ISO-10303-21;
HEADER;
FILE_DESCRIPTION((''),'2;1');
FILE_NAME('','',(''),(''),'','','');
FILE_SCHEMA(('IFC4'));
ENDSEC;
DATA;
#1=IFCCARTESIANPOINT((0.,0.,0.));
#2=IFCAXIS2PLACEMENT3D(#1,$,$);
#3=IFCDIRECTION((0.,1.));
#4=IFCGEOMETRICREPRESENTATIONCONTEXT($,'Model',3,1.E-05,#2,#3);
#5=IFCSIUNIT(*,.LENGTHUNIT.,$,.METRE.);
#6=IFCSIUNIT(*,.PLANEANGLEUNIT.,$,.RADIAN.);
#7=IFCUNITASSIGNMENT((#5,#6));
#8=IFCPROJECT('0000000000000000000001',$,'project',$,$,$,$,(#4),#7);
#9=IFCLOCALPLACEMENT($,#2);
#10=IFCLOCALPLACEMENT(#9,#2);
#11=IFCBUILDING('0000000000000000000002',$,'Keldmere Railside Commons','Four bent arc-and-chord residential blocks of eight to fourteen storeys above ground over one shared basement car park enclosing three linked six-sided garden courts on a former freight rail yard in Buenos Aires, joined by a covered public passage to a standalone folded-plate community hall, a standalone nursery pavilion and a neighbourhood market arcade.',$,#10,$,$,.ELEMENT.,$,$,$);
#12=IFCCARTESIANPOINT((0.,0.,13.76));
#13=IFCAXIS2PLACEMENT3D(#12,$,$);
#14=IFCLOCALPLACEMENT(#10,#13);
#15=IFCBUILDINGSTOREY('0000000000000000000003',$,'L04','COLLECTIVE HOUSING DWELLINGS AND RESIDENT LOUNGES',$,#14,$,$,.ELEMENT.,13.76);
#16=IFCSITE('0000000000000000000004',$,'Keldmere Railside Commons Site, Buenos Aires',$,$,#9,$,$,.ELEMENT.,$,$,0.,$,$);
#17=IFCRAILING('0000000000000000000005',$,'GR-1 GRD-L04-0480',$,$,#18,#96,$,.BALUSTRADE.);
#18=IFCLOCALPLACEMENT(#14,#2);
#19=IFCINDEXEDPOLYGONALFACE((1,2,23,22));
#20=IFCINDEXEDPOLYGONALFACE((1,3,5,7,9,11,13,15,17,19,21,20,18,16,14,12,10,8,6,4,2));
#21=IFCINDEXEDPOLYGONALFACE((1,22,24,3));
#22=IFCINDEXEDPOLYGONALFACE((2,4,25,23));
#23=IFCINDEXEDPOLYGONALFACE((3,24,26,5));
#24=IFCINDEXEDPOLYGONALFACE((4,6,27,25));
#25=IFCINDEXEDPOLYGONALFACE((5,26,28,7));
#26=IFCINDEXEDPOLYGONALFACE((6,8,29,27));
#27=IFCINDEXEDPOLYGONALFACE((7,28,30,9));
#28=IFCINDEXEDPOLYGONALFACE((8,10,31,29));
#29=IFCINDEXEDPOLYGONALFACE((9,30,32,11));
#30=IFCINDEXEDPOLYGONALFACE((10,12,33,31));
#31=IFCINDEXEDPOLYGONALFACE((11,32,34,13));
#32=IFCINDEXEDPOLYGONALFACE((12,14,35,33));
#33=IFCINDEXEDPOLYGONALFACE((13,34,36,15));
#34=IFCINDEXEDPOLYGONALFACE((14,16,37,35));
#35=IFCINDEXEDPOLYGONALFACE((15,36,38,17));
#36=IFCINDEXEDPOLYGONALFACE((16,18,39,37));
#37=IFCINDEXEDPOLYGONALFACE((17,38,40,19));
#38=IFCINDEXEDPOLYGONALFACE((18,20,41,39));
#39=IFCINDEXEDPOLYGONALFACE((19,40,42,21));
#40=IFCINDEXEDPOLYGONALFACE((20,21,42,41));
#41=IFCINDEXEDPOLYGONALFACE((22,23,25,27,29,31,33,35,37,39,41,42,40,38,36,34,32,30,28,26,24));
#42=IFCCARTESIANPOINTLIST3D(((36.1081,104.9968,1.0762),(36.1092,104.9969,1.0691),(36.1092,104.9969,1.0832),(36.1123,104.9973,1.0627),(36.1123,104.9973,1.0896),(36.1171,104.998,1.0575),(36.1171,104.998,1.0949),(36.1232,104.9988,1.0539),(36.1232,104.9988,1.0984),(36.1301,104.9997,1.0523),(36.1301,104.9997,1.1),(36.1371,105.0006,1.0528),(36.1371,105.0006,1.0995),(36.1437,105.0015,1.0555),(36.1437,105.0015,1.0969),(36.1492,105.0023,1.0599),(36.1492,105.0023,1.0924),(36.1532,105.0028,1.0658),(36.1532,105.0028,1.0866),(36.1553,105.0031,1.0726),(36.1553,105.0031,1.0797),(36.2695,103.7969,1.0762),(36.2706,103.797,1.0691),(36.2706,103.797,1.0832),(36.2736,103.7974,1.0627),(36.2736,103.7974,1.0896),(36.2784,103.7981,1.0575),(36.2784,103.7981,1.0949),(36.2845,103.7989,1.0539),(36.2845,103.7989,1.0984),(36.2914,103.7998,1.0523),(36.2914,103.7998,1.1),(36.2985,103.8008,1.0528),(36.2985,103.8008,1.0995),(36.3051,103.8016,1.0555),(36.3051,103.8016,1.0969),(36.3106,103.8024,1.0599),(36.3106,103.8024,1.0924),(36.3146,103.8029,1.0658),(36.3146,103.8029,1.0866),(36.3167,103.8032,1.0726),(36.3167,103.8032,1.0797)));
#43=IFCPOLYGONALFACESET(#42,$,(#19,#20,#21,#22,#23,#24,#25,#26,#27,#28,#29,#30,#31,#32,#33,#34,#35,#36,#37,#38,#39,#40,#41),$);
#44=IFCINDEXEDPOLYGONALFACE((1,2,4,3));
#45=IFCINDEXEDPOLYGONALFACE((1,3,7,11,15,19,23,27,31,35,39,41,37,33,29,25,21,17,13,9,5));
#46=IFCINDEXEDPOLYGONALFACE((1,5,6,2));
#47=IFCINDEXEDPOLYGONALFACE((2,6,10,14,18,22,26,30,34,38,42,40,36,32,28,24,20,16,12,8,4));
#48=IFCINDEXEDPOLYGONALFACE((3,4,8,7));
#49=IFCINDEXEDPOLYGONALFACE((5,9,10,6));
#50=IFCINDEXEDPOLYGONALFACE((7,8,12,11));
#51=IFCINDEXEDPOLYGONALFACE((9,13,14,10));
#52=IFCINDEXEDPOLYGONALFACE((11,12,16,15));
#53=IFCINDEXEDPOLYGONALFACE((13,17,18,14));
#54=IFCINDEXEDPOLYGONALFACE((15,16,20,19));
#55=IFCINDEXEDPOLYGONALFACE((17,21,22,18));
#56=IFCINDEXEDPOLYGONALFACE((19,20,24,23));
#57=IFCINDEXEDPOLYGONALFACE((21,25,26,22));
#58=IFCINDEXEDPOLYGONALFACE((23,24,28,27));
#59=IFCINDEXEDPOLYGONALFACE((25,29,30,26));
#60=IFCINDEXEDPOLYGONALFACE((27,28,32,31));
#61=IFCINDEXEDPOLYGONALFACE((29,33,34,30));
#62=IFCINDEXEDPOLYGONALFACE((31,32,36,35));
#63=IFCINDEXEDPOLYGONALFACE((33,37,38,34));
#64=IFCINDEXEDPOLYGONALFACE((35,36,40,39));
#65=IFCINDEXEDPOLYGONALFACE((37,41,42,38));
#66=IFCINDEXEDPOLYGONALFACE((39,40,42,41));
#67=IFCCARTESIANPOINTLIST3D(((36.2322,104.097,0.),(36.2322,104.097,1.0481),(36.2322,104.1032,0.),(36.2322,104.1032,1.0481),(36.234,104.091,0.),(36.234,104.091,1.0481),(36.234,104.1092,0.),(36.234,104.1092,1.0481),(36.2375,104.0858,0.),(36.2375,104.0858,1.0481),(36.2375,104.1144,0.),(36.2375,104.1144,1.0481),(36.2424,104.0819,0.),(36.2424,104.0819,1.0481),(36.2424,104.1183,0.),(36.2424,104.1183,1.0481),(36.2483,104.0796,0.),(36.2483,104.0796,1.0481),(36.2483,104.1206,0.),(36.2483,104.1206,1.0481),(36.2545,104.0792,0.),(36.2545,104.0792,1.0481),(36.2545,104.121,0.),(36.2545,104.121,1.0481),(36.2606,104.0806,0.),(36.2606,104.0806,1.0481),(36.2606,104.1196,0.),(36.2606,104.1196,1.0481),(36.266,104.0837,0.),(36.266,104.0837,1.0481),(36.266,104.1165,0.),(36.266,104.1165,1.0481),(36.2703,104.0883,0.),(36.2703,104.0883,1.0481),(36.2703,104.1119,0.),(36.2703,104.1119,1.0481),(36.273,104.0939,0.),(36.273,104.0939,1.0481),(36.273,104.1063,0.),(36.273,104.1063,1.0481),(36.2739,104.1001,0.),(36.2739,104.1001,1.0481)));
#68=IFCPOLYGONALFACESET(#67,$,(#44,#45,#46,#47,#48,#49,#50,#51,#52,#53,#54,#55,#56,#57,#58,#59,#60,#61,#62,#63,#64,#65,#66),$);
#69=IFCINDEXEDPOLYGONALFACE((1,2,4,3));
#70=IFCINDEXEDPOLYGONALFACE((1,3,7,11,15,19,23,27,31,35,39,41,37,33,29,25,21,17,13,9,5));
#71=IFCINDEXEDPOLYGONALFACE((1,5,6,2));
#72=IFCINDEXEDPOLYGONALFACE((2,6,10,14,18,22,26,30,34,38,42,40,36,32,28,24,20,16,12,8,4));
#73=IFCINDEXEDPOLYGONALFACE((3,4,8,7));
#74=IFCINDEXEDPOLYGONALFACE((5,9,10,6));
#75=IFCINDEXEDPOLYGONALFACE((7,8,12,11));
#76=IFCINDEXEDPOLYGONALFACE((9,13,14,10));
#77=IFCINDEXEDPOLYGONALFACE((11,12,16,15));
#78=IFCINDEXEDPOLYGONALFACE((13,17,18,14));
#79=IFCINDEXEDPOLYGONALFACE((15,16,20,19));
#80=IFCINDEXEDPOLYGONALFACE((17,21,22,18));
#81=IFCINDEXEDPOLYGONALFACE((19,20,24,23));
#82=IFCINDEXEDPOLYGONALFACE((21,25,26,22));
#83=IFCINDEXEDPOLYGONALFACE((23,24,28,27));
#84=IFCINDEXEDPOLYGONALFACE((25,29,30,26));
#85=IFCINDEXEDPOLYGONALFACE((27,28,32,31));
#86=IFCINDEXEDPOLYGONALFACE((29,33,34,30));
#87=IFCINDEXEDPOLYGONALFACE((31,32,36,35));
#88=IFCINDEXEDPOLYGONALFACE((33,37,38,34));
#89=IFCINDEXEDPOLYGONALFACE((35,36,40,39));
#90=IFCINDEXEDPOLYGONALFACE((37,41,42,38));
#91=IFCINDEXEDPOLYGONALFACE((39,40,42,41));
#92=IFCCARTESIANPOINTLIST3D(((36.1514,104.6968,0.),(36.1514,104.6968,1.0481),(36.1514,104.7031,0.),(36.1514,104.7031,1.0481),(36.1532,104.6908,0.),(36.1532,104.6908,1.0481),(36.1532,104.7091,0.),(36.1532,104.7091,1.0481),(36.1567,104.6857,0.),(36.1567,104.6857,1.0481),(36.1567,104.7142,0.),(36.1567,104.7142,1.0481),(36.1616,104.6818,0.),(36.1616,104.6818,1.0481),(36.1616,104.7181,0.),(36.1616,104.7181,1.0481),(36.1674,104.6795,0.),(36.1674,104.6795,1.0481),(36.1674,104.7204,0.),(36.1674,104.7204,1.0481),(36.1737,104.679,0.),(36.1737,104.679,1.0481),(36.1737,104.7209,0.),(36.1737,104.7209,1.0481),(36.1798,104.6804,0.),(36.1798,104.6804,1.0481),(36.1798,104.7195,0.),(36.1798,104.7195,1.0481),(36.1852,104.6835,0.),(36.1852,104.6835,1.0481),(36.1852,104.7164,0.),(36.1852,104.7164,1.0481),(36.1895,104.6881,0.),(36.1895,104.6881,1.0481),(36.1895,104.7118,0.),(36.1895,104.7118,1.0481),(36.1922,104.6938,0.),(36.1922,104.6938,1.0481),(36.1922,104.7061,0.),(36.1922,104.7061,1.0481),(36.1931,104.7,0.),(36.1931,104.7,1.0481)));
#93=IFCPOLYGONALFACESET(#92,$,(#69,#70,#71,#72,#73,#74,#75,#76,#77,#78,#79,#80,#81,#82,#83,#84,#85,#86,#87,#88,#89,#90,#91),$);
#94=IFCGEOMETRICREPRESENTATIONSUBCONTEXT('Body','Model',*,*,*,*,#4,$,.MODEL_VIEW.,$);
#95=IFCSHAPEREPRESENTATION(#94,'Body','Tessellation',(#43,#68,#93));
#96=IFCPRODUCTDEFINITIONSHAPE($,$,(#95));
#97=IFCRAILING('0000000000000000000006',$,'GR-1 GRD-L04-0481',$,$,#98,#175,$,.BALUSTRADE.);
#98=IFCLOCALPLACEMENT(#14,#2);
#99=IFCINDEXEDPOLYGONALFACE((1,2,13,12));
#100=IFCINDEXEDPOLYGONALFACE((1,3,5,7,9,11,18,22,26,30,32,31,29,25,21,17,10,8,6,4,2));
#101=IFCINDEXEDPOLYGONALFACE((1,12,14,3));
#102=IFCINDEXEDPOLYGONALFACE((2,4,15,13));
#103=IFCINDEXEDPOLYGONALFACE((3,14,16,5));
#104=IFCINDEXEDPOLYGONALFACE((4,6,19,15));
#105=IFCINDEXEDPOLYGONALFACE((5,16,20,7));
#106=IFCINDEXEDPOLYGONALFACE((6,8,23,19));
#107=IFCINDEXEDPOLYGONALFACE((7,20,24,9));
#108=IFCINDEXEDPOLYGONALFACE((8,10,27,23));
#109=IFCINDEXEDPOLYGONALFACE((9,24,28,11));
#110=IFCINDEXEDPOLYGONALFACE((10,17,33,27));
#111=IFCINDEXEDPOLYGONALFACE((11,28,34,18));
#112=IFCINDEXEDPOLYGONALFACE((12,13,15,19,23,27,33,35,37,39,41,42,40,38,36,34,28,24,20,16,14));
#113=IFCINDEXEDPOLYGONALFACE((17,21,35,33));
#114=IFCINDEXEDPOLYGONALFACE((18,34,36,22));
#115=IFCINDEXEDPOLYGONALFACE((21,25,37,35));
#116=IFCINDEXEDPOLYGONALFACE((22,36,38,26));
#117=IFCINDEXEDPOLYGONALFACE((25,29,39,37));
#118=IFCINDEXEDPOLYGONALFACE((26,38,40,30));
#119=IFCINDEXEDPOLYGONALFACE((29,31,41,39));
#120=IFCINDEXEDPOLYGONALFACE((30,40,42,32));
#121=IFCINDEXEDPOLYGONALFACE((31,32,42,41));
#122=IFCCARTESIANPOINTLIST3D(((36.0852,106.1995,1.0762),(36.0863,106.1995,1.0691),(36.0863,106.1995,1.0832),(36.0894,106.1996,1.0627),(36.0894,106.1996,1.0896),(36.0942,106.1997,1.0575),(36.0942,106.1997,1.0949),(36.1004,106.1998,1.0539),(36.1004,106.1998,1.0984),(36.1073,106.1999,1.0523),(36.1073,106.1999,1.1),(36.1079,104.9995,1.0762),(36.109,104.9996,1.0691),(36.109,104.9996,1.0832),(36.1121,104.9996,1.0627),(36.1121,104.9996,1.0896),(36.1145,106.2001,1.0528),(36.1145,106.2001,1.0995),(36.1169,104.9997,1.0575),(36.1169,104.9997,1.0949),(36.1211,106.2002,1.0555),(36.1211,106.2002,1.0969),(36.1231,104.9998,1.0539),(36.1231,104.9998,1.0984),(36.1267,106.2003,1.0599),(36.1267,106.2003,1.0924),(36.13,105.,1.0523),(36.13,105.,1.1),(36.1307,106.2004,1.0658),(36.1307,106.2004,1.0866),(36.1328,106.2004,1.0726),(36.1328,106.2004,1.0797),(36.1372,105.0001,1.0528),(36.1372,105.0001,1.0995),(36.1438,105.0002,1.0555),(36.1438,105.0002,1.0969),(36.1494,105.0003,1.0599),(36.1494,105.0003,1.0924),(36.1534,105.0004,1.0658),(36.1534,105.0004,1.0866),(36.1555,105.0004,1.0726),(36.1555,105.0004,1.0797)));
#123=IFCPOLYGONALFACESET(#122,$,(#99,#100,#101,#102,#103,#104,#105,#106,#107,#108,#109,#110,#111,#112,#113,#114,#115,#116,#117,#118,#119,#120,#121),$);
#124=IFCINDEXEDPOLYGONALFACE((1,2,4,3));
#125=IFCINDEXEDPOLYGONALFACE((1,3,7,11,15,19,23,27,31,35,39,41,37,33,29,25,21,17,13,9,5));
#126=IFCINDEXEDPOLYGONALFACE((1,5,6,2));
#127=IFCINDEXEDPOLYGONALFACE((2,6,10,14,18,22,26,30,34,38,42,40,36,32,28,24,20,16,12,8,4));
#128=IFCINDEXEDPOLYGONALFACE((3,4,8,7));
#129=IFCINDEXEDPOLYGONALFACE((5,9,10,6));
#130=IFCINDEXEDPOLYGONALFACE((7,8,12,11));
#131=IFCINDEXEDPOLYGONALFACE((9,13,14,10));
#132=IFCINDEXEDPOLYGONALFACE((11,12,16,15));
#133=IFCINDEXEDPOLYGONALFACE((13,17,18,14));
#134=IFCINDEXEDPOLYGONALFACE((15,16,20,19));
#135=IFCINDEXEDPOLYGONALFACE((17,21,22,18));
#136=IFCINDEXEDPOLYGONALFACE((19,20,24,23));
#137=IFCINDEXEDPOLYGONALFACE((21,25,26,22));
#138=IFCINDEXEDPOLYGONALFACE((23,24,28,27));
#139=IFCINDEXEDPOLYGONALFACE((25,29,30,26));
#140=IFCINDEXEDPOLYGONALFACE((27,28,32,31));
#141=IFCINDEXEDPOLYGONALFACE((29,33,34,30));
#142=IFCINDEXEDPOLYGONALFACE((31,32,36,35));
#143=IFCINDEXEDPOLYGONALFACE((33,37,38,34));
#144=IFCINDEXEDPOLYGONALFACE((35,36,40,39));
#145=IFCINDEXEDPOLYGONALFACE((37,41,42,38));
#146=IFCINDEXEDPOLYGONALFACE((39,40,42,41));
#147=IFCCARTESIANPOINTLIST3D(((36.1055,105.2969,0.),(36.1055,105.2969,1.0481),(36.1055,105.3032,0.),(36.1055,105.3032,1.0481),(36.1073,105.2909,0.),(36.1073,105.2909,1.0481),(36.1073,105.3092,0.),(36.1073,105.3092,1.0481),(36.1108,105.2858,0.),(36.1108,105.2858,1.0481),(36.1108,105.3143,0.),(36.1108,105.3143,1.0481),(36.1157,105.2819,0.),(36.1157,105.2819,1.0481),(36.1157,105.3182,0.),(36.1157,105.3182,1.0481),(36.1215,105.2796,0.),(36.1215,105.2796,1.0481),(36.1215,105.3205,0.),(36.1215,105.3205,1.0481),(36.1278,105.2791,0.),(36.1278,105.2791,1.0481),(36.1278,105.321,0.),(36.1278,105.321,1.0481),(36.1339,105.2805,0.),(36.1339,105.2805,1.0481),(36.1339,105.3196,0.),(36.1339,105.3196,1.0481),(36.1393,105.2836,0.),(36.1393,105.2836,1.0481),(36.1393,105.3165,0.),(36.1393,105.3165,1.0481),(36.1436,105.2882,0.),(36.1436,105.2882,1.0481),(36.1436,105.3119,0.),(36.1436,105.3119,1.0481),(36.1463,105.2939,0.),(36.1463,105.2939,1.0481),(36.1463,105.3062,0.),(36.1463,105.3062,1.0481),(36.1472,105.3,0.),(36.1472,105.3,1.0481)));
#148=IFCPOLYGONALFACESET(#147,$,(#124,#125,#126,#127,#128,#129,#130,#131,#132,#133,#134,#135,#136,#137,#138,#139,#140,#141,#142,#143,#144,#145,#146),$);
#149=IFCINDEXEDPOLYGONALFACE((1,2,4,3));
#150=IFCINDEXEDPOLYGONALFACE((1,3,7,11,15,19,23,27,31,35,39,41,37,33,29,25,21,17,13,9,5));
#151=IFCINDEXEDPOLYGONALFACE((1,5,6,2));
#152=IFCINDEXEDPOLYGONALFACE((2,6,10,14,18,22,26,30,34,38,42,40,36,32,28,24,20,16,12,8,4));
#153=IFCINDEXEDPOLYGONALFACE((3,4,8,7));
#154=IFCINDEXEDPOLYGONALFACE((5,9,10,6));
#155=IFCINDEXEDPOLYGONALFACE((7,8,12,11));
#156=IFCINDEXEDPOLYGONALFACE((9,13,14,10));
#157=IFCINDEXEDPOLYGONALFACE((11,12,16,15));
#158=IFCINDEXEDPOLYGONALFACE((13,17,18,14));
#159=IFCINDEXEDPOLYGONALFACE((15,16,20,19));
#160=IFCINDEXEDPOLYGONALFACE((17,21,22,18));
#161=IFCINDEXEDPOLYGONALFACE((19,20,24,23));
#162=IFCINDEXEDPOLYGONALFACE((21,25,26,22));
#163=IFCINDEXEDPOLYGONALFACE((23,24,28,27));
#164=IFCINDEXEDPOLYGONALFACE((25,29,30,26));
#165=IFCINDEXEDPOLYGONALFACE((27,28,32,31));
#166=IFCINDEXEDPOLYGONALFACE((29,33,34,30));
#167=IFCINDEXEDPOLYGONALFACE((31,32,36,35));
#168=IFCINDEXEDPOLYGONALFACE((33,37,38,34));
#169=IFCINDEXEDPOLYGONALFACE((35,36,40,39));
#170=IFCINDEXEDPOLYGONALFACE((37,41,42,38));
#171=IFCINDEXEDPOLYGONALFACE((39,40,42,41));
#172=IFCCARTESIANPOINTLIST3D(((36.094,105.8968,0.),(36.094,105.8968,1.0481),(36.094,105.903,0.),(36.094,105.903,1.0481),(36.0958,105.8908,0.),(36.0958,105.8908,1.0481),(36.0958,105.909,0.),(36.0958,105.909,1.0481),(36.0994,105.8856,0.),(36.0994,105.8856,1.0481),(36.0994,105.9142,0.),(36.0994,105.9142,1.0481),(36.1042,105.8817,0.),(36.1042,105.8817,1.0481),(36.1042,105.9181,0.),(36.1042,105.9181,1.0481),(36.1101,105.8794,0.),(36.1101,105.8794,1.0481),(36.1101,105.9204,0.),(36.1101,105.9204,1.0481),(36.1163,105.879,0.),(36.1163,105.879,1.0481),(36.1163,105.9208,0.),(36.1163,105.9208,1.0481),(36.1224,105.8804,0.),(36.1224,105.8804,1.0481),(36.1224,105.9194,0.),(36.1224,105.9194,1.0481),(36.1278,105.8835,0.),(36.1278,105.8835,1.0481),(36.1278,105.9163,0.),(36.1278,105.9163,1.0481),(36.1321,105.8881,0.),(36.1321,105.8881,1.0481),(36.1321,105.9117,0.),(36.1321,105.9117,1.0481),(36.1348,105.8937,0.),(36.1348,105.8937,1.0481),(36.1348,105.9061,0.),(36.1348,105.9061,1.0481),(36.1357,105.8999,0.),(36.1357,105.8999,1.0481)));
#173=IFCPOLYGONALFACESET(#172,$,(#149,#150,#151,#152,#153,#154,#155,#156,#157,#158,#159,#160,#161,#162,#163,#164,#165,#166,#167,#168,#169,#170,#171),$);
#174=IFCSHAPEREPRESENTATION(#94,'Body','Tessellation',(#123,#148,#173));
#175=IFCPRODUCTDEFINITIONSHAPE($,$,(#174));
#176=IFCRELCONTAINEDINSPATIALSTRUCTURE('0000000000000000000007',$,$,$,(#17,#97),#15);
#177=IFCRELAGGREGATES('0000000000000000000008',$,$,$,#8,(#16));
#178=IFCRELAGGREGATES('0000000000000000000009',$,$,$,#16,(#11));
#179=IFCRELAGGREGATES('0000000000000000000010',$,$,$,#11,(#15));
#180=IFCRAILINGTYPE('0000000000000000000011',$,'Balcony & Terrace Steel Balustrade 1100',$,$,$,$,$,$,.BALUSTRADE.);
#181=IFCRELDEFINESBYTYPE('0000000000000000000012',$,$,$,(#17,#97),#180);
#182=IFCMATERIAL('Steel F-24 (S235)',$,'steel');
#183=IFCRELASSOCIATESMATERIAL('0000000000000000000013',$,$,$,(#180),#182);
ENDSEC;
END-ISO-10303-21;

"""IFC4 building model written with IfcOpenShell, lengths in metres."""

from ifc_helpers import new_model, si_unit, direction, frame, origin, origin_2d, place, context, subcontext, project, spatial, circle, extrude, material, type_object, element, save


model = new_model("IFC4")

# Units and contexts
model_context = context("Model", 3, precision=1e-05, world=origin(), true_north=direction((0.0, 1.0)))
body_context = subcontext(model_context, "Body", "Model", "MODEL_VIEW")
ifc_project = project(units=[si_unit("LENGTHUNIT", "METRE"), si_unit("PLANEANGLEUNIT", "RADIAN")], contexts=[model_context])

# Site, building, storey
site_placement = place(None, origin())
site = spatial("IfcSite", under=ifc_project, at=site_placement, Name="Keldmere Railside Commons Site, Buenos Aires", CompositionType="ELEMENT", RefElevation=0.0)
building_placement = place(site_placement, origin())
building = spatial("IfcBuilding", under=site, at=building_placement, Name="Keldmere Railside Commons", Description="Four bent arc-and-chord residential blocks of eight to fourteen storeys above ground over one shared basement car park enclosing three linked six-sided garden courts on a former freight rail yard in Buenos Aires, joined by a covered public passage to a standalone folded-plate community hall, a standalone nursery pavilion and a neighbourhood market arcade.", CompositionType="ELEMENT")
storey_placement = place(building_placement, frame((0.0, 0.0, 13.76)))
storey = spatial("IfcBuildingStorey", under=building, at=storey_placement, Name="L04", Description="COLLECTIVE HOUSING DWELLINGS AND RESIDENT LOUNGES", CompositionType="ELEMENT", Elevation=13.76)

# Shared definitions
ifc_material_1 = material(Name="Steel F-24 (S235)", Category="steel")

# Railings
railing_type_1 = type_object("IfcRailingType", Name="Balcony & Terrace Steel Balustrade 1100", PredefinedType="BALUSTRADE", material=ifc_material_1)
railing_1_placement = place(storey_placement, frame((36.2932, 103.8, 0.0)))
element("IfcRailing", 1, at=railing_1_placement, inside=storey, type_object=railing_type_1, Name="GR-1 GRD-L04-0480", PredefinedType="BALUSTRADE", context=body_context, shape_type="SweptSolid", body=[
    extrude(circle(Radius=0.0239, at=origin_2d()), frame((0.0, 0.0, 1.0762), z_axis=(-0.133286, 0.991078, 0.0), x_axis=(-0.991078, -0.133286, 0.0)), (0.0, 0.0, 1.0), 1.2107),
    extrude(circle(Radius=0.021, at=origin_2d()), frame((-0.0403, 0.3, 0.0)), (0.0, 0.0, 1.0), 1.0481),
    extrude(circle(Radius=0.021, at=origin_2d()), frame((-0.1211, 0.8999, 0.0)), (0.0, 0.0, 1.0), 1.0481),
])
railing_2_placement = place(storey_placement, frame((36.1318, 105.0, 0.0)))
element("IfcRailing", 2, at=railing_2_placement, inside=storey, type_object=railing_type_1, Name="GR-1 GRD-L04-0481", PredefinedType="BALUSTRADE", context=body_context, shape_type="SweptSolid", body=[
    extrude(circle(Radius=0.0239, at=origin_2d()), frame((0.0, 0.0, 1.0762), z_axis=(-0.018918, 0.999821, 0.0), x_axis=(-0.999821, -0.018918, 0.0)), (0.0, 0.0, 1.0), 1.2002),
    extrude(circle(Radius=0.021, at=origin_2d()), frame((-0.0056, 0.3, 0.0)), (0.0, 0.0, 1.0), 1.0481),
    extrude(circle(Radius=0.021, at=origin_2d()), frame((-0.0171, 0.8999, 0.0)), (0.0, 0.0, 1.0), 1.0481),
])

save(model, "model.ifc")
